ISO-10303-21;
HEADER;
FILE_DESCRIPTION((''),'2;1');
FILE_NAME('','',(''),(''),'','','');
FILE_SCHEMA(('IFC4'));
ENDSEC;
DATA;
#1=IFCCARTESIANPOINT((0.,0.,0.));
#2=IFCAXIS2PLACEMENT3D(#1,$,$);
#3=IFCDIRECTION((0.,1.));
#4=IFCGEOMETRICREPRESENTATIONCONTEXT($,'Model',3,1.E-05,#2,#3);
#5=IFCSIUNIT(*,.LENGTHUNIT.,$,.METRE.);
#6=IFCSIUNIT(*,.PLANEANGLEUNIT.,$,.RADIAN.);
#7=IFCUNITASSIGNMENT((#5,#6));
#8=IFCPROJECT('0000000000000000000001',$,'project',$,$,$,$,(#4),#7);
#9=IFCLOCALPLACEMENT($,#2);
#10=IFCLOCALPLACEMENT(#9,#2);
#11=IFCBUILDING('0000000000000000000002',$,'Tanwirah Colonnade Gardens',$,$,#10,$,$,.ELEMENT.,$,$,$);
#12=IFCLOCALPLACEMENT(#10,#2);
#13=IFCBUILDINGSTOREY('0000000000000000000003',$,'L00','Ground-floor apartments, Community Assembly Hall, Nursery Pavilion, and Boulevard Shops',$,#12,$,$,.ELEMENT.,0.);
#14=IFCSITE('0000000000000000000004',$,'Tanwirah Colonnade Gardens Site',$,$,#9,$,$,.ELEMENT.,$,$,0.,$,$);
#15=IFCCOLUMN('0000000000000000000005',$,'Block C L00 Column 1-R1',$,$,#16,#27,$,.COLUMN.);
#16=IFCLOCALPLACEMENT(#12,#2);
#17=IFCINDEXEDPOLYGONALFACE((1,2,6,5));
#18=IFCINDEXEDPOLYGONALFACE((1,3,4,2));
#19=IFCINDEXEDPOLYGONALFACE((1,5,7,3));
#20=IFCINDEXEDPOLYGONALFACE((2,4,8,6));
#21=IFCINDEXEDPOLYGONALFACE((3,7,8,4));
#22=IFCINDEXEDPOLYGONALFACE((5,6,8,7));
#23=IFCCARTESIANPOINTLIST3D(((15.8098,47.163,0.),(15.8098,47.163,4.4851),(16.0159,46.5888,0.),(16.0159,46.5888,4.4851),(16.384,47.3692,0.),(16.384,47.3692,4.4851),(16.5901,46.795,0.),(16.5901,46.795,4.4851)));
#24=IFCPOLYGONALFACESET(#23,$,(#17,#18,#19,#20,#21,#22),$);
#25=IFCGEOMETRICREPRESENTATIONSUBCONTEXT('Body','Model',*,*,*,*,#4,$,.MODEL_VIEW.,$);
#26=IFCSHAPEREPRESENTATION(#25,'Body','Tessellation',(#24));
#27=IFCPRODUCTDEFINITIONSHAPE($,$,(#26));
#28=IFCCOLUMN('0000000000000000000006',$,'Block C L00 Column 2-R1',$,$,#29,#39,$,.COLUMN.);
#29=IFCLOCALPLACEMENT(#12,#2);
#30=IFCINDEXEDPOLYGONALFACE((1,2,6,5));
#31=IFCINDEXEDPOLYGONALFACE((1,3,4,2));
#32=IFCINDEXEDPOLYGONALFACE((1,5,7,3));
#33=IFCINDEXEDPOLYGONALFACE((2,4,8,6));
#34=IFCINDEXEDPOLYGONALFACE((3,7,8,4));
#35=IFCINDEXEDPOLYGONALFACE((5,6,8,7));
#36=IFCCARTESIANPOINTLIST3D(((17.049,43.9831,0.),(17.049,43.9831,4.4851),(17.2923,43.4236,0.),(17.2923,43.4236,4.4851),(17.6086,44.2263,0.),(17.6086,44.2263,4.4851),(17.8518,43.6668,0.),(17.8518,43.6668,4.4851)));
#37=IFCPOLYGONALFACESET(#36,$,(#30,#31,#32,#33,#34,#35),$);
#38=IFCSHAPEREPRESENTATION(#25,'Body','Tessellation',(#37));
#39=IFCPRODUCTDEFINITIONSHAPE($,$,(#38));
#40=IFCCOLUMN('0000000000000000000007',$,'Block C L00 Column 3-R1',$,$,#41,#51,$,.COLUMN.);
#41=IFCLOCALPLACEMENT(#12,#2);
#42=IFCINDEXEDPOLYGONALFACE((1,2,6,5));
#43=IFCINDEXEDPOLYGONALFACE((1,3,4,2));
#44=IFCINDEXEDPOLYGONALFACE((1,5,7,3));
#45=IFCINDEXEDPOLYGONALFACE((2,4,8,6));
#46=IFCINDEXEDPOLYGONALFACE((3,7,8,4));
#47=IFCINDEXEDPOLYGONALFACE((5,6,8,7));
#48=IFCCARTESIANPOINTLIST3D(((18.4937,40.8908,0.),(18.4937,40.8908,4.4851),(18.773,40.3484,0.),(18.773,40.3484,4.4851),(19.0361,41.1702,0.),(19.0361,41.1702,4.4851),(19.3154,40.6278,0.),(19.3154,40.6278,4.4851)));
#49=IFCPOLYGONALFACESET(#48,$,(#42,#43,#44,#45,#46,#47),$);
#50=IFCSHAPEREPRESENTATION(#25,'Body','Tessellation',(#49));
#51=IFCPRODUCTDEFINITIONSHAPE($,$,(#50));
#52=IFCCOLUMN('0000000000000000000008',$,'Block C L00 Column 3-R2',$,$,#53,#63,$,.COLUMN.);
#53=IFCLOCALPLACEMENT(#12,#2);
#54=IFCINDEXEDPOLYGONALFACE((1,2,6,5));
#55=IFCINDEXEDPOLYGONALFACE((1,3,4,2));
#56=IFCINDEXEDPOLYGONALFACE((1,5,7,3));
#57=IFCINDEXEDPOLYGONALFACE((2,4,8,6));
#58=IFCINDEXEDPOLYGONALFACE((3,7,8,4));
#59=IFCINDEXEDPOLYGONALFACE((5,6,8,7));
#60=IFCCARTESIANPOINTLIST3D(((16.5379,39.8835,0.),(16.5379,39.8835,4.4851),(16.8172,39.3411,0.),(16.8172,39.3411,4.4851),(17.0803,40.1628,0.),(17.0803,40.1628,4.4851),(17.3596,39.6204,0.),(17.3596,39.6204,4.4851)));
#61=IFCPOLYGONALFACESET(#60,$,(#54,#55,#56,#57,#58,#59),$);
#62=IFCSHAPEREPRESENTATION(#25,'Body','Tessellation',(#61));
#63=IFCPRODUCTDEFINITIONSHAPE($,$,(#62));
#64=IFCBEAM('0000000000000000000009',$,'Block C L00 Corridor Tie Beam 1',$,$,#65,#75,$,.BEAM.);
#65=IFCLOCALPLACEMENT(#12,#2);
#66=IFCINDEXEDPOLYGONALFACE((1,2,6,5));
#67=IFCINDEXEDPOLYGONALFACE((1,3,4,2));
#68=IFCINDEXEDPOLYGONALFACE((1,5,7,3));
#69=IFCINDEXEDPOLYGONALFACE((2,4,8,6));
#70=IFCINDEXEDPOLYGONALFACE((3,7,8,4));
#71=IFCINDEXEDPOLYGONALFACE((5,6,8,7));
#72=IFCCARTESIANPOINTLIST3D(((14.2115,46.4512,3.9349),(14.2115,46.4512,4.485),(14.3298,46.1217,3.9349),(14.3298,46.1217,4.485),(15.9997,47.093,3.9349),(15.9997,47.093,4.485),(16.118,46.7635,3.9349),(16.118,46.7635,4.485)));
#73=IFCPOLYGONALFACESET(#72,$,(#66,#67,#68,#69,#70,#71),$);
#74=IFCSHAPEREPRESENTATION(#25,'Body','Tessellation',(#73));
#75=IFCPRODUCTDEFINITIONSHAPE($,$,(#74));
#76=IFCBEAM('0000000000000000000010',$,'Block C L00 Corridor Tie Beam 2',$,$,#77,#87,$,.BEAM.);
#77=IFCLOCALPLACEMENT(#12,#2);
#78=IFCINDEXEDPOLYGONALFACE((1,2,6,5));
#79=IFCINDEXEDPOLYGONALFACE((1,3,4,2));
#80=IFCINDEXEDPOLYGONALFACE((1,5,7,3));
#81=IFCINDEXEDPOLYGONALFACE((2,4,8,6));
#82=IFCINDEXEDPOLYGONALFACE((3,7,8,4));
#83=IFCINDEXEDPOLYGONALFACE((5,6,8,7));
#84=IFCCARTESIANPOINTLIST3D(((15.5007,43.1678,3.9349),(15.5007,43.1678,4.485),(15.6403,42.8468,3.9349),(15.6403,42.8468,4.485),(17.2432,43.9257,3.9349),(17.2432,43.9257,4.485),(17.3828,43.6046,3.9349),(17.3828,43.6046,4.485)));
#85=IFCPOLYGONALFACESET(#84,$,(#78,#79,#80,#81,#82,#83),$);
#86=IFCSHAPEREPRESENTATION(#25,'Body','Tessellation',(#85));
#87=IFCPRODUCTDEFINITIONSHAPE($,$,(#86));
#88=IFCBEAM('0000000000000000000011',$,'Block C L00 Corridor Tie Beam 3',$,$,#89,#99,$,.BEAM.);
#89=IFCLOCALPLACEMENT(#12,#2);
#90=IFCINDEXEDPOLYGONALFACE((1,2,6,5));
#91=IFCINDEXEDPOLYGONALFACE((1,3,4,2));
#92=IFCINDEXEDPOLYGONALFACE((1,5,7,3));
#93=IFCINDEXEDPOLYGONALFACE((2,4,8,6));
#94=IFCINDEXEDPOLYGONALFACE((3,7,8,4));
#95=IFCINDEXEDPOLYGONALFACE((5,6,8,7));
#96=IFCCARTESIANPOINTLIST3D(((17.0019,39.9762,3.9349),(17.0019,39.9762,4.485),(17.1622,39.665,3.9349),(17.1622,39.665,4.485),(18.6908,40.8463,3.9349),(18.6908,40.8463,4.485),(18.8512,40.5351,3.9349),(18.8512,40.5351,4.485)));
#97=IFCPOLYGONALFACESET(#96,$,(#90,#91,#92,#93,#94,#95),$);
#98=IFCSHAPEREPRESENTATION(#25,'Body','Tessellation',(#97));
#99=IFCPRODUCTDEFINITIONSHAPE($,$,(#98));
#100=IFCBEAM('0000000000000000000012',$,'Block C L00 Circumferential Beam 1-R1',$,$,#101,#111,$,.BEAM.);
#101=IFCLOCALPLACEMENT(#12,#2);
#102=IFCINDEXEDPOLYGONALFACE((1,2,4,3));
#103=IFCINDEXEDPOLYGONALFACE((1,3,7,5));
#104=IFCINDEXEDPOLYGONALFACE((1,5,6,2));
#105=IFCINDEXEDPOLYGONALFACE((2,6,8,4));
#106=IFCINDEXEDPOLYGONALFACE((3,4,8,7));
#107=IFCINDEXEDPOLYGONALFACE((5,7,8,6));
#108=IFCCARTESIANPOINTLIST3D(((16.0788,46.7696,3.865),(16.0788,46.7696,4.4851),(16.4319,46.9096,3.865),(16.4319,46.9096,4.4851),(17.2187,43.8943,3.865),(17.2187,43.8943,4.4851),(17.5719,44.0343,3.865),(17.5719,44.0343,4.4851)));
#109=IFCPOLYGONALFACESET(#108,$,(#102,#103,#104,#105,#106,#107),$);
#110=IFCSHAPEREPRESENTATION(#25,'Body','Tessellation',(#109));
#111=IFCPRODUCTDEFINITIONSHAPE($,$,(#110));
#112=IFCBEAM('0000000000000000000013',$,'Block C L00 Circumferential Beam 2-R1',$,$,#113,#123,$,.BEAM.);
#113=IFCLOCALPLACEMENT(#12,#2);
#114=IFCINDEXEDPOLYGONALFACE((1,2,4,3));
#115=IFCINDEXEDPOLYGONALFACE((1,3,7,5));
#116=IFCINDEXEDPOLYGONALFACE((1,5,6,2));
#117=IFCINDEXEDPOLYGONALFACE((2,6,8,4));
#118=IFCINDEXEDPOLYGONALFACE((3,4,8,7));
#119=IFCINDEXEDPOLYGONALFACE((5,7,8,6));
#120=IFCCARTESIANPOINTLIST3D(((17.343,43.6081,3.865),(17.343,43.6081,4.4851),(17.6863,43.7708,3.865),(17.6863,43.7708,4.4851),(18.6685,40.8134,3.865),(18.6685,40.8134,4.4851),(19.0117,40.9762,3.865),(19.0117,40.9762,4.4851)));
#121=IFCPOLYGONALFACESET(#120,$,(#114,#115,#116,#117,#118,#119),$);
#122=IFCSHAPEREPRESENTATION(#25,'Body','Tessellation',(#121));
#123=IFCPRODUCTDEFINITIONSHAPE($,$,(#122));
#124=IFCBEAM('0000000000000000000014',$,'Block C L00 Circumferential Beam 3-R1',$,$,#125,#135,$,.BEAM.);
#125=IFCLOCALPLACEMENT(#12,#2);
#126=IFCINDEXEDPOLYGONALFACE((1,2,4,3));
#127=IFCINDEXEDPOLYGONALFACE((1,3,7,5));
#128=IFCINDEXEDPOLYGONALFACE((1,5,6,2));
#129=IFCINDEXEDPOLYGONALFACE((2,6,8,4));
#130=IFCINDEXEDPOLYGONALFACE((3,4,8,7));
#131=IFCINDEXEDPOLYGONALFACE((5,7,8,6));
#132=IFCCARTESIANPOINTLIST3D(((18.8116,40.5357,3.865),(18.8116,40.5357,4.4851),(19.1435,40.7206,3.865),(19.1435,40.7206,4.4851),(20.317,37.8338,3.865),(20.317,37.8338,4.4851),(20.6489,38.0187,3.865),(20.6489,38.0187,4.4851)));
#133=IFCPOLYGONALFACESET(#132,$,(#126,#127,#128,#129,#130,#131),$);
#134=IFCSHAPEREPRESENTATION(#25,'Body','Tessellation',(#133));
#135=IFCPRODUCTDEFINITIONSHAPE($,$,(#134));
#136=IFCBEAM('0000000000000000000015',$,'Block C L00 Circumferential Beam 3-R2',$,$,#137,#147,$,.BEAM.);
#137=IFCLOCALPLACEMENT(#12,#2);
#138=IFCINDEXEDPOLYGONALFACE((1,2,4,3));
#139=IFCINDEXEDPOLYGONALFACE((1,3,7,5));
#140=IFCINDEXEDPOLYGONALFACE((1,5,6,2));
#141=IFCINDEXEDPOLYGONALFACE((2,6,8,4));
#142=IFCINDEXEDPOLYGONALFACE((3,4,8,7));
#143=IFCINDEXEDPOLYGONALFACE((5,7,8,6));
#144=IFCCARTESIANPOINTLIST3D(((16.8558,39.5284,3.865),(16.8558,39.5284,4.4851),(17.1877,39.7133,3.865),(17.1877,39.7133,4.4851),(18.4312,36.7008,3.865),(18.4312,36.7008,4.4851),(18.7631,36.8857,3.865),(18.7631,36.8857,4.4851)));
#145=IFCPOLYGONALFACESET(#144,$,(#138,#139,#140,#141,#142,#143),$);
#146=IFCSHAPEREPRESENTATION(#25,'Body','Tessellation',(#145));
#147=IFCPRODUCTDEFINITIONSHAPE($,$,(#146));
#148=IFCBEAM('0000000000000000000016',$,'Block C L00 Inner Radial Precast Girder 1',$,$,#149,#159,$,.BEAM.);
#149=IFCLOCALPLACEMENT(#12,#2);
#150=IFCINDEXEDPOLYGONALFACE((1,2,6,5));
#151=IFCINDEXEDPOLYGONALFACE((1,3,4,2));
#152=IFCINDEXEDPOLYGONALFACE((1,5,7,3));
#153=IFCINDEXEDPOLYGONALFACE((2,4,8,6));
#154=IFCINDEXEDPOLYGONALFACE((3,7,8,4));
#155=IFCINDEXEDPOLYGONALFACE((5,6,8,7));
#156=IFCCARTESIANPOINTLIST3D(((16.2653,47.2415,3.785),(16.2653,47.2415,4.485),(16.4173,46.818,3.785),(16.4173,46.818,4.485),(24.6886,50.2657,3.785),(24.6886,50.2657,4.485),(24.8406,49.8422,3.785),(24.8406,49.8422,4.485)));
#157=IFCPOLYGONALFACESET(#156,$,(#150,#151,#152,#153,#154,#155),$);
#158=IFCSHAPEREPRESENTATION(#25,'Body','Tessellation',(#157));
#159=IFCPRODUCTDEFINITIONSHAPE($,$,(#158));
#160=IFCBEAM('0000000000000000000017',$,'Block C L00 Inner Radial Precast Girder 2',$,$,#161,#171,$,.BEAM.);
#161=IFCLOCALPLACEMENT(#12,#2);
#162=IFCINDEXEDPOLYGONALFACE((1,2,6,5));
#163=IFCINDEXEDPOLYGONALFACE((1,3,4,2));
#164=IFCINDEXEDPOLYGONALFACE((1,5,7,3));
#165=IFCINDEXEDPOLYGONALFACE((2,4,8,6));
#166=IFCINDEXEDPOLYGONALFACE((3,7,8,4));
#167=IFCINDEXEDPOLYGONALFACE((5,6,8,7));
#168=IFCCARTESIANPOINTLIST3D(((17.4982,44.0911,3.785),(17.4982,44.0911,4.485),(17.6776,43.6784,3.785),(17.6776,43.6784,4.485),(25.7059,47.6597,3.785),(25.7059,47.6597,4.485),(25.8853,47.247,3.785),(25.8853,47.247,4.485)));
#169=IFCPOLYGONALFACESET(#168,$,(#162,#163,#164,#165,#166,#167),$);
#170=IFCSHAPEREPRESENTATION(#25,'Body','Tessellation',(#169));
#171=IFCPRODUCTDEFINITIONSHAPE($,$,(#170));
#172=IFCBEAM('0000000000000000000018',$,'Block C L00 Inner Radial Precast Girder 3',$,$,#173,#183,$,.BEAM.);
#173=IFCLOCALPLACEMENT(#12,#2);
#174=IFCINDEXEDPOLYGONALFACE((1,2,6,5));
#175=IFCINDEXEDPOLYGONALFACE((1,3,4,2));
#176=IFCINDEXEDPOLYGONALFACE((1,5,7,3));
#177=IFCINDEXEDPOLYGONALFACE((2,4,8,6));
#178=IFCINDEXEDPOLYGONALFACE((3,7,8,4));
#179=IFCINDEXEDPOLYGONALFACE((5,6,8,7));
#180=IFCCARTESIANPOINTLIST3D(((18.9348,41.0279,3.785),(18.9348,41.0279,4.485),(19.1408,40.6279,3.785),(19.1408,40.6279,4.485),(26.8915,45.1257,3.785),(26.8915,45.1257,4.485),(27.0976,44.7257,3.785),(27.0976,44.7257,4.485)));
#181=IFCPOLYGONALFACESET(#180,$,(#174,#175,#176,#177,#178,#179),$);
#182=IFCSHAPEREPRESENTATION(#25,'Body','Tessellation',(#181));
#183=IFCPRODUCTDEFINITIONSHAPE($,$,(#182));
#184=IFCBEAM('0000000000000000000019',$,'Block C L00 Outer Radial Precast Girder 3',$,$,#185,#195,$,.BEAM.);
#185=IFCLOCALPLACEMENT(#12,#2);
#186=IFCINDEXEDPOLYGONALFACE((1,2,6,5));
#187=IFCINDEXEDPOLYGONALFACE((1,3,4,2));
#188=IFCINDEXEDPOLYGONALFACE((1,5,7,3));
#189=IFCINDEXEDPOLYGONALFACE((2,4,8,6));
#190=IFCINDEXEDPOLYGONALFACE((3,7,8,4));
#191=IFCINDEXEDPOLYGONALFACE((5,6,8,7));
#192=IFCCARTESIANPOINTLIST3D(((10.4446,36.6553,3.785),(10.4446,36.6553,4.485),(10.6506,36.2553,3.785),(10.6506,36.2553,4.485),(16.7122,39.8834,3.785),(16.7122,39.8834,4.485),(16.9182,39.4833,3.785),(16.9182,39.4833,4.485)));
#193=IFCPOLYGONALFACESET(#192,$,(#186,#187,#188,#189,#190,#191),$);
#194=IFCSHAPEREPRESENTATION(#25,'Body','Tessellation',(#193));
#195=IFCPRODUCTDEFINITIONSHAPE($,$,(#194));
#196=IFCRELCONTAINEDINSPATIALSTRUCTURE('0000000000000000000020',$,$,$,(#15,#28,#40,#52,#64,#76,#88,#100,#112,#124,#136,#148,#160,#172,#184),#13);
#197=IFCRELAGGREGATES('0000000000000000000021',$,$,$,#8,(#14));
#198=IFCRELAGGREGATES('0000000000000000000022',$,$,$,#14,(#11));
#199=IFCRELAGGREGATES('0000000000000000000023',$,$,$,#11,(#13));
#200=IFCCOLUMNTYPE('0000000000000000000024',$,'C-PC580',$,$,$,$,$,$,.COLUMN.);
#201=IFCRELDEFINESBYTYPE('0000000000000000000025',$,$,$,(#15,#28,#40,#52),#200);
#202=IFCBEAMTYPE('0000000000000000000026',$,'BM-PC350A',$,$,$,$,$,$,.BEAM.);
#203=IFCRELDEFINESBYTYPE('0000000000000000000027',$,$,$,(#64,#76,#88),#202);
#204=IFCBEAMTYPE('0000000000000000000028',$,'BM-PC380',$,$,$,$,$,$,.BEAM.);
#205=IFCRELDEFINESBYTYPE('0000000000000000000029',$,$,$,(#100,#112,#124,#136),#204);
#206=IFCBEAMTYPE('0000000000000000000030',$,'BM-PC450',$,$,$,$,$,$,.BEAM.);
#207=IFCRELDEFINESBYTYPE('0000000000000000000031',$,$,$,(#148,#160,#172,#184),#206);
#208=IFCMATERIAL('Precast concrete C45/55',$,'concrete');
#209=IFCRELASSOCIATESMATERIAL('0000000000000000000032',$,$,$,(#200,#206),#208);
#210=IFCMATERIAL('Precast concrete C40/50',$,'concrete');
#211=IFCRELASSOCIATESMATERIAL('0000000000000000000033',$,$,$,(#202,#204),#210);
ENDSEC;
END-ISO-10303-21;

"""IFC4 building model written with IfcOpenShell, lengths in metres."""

from ifc_helpers import new_model, si_unit, direction, frame, origin, origin_2d, place, context, subcontext, project, spatial, rectangle, extrude, material, material_profile, profile_set, type_object, element, save


model = new_model("IFC4")

# Units and contexts
model_context = context("Model", 3, precision=1e-05, world=origin(), true_north=direction((0.0, 1.0)))
body_context = subcontext(model_context, "Body", "Model", "MODEL_VIEW")
ifc_project = project(units=[si_unit("LENGTHUNIT", "METRE"), si_unit("PLANEANGLEUNIT", "RADIAN")], contexts=[model_context])

# Site, building, storey
site_placement = place(None, origin())
site = spatial("IfcSite", under=ifc_project, at=site_placement, Name="Tanwirah Colonnade Gardens Site", CompositionType="ELEMENT", RefElevation=0.0)
building_placement = place(site_placement, origin())
building = spatial("IfcBuilding", under=site, at=building_placement, Name="Tanwirah Colonnade Gardens", CompositionType="ELEMENT")
storey_placement = place(building_placement, origin())
storey = spatial("IfcBuildingStorey", under=building, at=storey_placement, Name="L00", Description="Ground-floor apartments, Community Assembly Hall, Nursery Pavilion, and Boulevard Shops", CompositionType="ELEMENT", Elevation=0.0)

# Columns
ifc_material_1 = material(Name="Precast concrete C45/55", Category="concrete")
ifc_material_profile_1 = material_profile(ifc_material_1, rectangle(XDim=0.6101, YDim=0.6101, at=origin_2d()), Name="PC-COL 610x610")
ifc_profile_set_1 = profile_set([ifc_material_profile_1], Name="Precast concrete C45/55")
column_type = type_object("IfcColumnType", Name="C-PC580", PredefinedType="COLUMN", material=ifc_profile_set_1)
for number, where, z_axis, x_axis, name in (
    (1, (16.2, 46.979, 0.0), (0.0, 0.0, 1.0), (-0.941176, -0.337917, 0.0), "Block C L00 Column 1-R1"),
    (2, (17.4504, 43.825, 0.0), (0.0, 0.0, 1.0), (-0.91706, -0.398749, 0.0), "Block C L00 Column 2-R1"),
    (3, (18.9045, 40.7593, 0.0), (0.0, 0.0, 1.0), (-0.889017, -0.457874, 0.0), "Block C L00 Column 3-R1"),
    (4, (16.9487, 39.752, 0.0), (0.0, 0.0, 1.0), (-0.889017, -0.457874, 0.0), "Block C L00 Column 3-R2"),
):
    element("IfcColumn", number, at=place(storey_placement, frame(where, z_axis=z_axis, x_axis=x_axis)), inside=storey, type_object=column_type, Name=name, PredefinedType="COLUMN", context=body_context, shape_type="SweptSolid", body=[
        extrude(rectangle(XDim=0.6101, YDim=0.6101, at=origin_2d()), origin(), (0.0, 0.0, 1.0), 4.4851),
    ])

# Beams
ifc_material_2 = material(Name="Precast concrete C40/50", Category="concrete")
ifc_material_profile_2 = material_profile(ifc_material_2, rectangle(XDim=0.3501, YDim=0.55, at=origin_2d()), Name="PC-BM 350x550")
ifc_profile_set_2 = profile_set([ifc_material_profile_2], Name="Precast concrete C40/50")
beam_type_1 = type_object("IfcBeamType", Name="BM-PC350A", PredefinedType="BEAM", material=ifc_profile_set_2)
beam_1_placement = place(storey_placement, frame((16.0588, 46.9282, 4.21), z_axis=(-0.941215, -0.337809, 0.0), x_axis=(0.337809, -0.941215, 0.0)))
element("IfcBeam", 5, at=beam_1_placement, inside=storey, type_object=beam_type_1, Name="Block C L00 Corridor Tie Beam 1", PredefinedType="BEAM", context=body_context, shape_type="SweptSolid", body=[
    extrude(rectangle(XDim=0.3501, YDim=0.55, at=origin_2d()), origin(), (0.0, 0.0, 1.0), 1.8999),
])
beam_2_placement = place(storey_placement, frame((17.313, 43.7651, 4.21), z_axis=(-0.917025, -0.398829, 0.0), x_axis=(0.398829, -0.917025, 0.0)))
element("IfcBeam", 6, at=beam_2_placement, inside=storey, type_object=beam_type_1, Name="Block C L00 Corridor Tie Beam 2", PredefinedType="BEAM", context=body_context, shape_type="SweptSolid", body=[
    extrude(rectangle(XDim=0.3501, YDim=0.55, at=origin_2d()), origin(), (0.0, 0.0, 1.0), 1.9001),
])
beam_3_placement = place(storey_placement, frame((18.771, 40.6907, 4.21), z_axis=(-0.888965, -0.457975, 0.0), x_axis=(0.457975, -0.888965, 0.0)))
element("IfcBeam", 7, at=beam_3_placement, inside=storey, type_object=beam_type_1, Name="Block C L00 Corridor Tie Beam 3", PredefinedType="BEAM", context=body_context, shape_type="SweptSolid", body=[
    extrude(rectangle(XDim=0.3501, YDim=0.55, at=origin_2d()), origin(), (0.0, 0.0, 1.0), 1.8999),
])
ifc_material_profile_3 = material_profile(ifc_material_2, rectangle(XDim=0.3799, YDim=0.6201, at=origin_2d()), Name="PC-BM 380x620")
ifc_profile_set_3 = profile_set([ifc_material_profile_3], Name="Precast concrete C40/50")
beam_type_2 = type_object("IfcBeamType", Name="BM-PC380", PredefinedType="BEAM", material=ifc_profile_set_3)
for number, where, z_axis, x_axis, name in (
    (8, (16.2554, 46.8396, 4.175), (0.368545, -0.92961, 0.0), (0.92961, 0.368545, 0.0), "Block C L00 Circumferential Beam 1-R1"),
    (9, (17.5146, 43.6895, 4.175), (0.428521, -0.903532, 0.0), (0.903532, 0.428521, 0.0), "Block C L00 Circumferential Beam 2-R1"),
    (10, (18.9775, 40.6282, 4.175), (0.486708, -0.873565, 0.0), (0.873565, 0.486708, 0.0), "Block C L00 Circumferential Beam 3-R1"),
):
    element("IfcBeam", number, at=place(storey_placement, frame(where, z_axis=z_axis, x_axis=x_axis)), inside=storey, type_object=beam_type_2, Name=name, PredefinedType="BEAM", context=body_context, shape_type="SweptSolid", body=[
        extrude(rectangle(XDim=0.3799, YDim=0.6201, at=origin_2d()), origin(), (0.0, 0.0, 1.0), 3.093),
    ])
beam_4_placement = place(storey_placement, frame((17.0217, 39.6208, 4.175), z_axis=(0.486712, -0.873562, 0.0), x_axis=(0.873562, 0.486712, 0.0)))
element("IfcBeam", 11, at=beam_4_placement, inside=storey, type_object=beam_type_2, Name="Block C L00 Circumferential Beam 3-R2", PredefinedType="BEAM", context=body_context, shape_type="SweptSolid", body=[
    extrude(rectangle(XDim=0.3799, YDim=0.6201, at=origin_2d()), origin(), (0.0, 0.0, 1.0), 3.2368),
])
ifc_material_profile_4 = material_profile(ifc_material_1, rectangle(XDim=0.45, YDim=0.7, at=origin_2d()), Name="PC-BM 450x700")
ifc_profile_set_4 = profile_set([ifc_material_profile_4], Name="Precast concrete C45/55")
beam_type_3 = type_object("IfcBeamType", Name="BM-PC450", PredefinedType="BEAM", material=ifc_profile_set_4)
beam_5_placement = place(storey_placement, frame((16.3413, 47.0298, 4.135), z_axis=(0.94118, 0.337905, 0.0), x_axis=(-0.337905, 0.94118, 0.0)))
element("IfcBeam", 12, at=beam_5_placement, inside=storey, type_object=beam_type_3, Name="Block C L00 Inner Radial Precast Girder 1", PredefinedType="BEAM", context=body_context, shape_type="SweptSolid", body=[
    extrude(rectangle(XDim=0.45, YDim=0.7, at=origin_2d()), origin(), (0.0, 0.0, 1.0), 8.9497),
])
for number, where, z_axis, x_axis, name in (
    (13, (17.5879, 43.8848, 4.135), (0.91707, 0.398727, 0.0), (-0.398727, 0.91707, 0.0), "Block C L00 Inner Radial Precast Girder 2"),
    (14, (19.0378, 40.8279, 4.135), (0.889022, 0.457864, 0.0), (-0.457864, 0.889022, 0.0), "Block C L00 Inner Radial Precast Girder 3"),
):
    element("IfcBeam", number, at=place(storey_placement, frame(where, z_axis=z_axis, x_axis=x_axis)), inside=storey, type_object=beam_type_3, Name=name, PredefinedType="BEAM", context=body_context, shape_type="SweptSolid", body=[
        extrude(rectangle(XDim=0.45, YDim=0.7, at=origin_2d()), origin(), (0.0, 0.0, 1.0), 8.95),
    ])
beam_6_placement = place(storey_placement, frame((16.8152, 39.6833, 4.135), z_axis=(-0.889016, -0.457875, 0.0), x_axis=(0.457875, -0.889016, 0.0)))
element("IfcBeam", 15, at=beam_6_placement, inside=storey, type_object=beam_type_3, Name="Block C L00 Outer Radial Precast Girder 3", PredefinedType="BEAM", context=body_context, shape_type="SweptSolid", body=[
    extrude(rectangle(XDim=0.45, YDim=0.7, at=origin_2d()), origin(), (0.0, 0.0, 1.0), 7.05),
])

save(model, "model.ifc")
